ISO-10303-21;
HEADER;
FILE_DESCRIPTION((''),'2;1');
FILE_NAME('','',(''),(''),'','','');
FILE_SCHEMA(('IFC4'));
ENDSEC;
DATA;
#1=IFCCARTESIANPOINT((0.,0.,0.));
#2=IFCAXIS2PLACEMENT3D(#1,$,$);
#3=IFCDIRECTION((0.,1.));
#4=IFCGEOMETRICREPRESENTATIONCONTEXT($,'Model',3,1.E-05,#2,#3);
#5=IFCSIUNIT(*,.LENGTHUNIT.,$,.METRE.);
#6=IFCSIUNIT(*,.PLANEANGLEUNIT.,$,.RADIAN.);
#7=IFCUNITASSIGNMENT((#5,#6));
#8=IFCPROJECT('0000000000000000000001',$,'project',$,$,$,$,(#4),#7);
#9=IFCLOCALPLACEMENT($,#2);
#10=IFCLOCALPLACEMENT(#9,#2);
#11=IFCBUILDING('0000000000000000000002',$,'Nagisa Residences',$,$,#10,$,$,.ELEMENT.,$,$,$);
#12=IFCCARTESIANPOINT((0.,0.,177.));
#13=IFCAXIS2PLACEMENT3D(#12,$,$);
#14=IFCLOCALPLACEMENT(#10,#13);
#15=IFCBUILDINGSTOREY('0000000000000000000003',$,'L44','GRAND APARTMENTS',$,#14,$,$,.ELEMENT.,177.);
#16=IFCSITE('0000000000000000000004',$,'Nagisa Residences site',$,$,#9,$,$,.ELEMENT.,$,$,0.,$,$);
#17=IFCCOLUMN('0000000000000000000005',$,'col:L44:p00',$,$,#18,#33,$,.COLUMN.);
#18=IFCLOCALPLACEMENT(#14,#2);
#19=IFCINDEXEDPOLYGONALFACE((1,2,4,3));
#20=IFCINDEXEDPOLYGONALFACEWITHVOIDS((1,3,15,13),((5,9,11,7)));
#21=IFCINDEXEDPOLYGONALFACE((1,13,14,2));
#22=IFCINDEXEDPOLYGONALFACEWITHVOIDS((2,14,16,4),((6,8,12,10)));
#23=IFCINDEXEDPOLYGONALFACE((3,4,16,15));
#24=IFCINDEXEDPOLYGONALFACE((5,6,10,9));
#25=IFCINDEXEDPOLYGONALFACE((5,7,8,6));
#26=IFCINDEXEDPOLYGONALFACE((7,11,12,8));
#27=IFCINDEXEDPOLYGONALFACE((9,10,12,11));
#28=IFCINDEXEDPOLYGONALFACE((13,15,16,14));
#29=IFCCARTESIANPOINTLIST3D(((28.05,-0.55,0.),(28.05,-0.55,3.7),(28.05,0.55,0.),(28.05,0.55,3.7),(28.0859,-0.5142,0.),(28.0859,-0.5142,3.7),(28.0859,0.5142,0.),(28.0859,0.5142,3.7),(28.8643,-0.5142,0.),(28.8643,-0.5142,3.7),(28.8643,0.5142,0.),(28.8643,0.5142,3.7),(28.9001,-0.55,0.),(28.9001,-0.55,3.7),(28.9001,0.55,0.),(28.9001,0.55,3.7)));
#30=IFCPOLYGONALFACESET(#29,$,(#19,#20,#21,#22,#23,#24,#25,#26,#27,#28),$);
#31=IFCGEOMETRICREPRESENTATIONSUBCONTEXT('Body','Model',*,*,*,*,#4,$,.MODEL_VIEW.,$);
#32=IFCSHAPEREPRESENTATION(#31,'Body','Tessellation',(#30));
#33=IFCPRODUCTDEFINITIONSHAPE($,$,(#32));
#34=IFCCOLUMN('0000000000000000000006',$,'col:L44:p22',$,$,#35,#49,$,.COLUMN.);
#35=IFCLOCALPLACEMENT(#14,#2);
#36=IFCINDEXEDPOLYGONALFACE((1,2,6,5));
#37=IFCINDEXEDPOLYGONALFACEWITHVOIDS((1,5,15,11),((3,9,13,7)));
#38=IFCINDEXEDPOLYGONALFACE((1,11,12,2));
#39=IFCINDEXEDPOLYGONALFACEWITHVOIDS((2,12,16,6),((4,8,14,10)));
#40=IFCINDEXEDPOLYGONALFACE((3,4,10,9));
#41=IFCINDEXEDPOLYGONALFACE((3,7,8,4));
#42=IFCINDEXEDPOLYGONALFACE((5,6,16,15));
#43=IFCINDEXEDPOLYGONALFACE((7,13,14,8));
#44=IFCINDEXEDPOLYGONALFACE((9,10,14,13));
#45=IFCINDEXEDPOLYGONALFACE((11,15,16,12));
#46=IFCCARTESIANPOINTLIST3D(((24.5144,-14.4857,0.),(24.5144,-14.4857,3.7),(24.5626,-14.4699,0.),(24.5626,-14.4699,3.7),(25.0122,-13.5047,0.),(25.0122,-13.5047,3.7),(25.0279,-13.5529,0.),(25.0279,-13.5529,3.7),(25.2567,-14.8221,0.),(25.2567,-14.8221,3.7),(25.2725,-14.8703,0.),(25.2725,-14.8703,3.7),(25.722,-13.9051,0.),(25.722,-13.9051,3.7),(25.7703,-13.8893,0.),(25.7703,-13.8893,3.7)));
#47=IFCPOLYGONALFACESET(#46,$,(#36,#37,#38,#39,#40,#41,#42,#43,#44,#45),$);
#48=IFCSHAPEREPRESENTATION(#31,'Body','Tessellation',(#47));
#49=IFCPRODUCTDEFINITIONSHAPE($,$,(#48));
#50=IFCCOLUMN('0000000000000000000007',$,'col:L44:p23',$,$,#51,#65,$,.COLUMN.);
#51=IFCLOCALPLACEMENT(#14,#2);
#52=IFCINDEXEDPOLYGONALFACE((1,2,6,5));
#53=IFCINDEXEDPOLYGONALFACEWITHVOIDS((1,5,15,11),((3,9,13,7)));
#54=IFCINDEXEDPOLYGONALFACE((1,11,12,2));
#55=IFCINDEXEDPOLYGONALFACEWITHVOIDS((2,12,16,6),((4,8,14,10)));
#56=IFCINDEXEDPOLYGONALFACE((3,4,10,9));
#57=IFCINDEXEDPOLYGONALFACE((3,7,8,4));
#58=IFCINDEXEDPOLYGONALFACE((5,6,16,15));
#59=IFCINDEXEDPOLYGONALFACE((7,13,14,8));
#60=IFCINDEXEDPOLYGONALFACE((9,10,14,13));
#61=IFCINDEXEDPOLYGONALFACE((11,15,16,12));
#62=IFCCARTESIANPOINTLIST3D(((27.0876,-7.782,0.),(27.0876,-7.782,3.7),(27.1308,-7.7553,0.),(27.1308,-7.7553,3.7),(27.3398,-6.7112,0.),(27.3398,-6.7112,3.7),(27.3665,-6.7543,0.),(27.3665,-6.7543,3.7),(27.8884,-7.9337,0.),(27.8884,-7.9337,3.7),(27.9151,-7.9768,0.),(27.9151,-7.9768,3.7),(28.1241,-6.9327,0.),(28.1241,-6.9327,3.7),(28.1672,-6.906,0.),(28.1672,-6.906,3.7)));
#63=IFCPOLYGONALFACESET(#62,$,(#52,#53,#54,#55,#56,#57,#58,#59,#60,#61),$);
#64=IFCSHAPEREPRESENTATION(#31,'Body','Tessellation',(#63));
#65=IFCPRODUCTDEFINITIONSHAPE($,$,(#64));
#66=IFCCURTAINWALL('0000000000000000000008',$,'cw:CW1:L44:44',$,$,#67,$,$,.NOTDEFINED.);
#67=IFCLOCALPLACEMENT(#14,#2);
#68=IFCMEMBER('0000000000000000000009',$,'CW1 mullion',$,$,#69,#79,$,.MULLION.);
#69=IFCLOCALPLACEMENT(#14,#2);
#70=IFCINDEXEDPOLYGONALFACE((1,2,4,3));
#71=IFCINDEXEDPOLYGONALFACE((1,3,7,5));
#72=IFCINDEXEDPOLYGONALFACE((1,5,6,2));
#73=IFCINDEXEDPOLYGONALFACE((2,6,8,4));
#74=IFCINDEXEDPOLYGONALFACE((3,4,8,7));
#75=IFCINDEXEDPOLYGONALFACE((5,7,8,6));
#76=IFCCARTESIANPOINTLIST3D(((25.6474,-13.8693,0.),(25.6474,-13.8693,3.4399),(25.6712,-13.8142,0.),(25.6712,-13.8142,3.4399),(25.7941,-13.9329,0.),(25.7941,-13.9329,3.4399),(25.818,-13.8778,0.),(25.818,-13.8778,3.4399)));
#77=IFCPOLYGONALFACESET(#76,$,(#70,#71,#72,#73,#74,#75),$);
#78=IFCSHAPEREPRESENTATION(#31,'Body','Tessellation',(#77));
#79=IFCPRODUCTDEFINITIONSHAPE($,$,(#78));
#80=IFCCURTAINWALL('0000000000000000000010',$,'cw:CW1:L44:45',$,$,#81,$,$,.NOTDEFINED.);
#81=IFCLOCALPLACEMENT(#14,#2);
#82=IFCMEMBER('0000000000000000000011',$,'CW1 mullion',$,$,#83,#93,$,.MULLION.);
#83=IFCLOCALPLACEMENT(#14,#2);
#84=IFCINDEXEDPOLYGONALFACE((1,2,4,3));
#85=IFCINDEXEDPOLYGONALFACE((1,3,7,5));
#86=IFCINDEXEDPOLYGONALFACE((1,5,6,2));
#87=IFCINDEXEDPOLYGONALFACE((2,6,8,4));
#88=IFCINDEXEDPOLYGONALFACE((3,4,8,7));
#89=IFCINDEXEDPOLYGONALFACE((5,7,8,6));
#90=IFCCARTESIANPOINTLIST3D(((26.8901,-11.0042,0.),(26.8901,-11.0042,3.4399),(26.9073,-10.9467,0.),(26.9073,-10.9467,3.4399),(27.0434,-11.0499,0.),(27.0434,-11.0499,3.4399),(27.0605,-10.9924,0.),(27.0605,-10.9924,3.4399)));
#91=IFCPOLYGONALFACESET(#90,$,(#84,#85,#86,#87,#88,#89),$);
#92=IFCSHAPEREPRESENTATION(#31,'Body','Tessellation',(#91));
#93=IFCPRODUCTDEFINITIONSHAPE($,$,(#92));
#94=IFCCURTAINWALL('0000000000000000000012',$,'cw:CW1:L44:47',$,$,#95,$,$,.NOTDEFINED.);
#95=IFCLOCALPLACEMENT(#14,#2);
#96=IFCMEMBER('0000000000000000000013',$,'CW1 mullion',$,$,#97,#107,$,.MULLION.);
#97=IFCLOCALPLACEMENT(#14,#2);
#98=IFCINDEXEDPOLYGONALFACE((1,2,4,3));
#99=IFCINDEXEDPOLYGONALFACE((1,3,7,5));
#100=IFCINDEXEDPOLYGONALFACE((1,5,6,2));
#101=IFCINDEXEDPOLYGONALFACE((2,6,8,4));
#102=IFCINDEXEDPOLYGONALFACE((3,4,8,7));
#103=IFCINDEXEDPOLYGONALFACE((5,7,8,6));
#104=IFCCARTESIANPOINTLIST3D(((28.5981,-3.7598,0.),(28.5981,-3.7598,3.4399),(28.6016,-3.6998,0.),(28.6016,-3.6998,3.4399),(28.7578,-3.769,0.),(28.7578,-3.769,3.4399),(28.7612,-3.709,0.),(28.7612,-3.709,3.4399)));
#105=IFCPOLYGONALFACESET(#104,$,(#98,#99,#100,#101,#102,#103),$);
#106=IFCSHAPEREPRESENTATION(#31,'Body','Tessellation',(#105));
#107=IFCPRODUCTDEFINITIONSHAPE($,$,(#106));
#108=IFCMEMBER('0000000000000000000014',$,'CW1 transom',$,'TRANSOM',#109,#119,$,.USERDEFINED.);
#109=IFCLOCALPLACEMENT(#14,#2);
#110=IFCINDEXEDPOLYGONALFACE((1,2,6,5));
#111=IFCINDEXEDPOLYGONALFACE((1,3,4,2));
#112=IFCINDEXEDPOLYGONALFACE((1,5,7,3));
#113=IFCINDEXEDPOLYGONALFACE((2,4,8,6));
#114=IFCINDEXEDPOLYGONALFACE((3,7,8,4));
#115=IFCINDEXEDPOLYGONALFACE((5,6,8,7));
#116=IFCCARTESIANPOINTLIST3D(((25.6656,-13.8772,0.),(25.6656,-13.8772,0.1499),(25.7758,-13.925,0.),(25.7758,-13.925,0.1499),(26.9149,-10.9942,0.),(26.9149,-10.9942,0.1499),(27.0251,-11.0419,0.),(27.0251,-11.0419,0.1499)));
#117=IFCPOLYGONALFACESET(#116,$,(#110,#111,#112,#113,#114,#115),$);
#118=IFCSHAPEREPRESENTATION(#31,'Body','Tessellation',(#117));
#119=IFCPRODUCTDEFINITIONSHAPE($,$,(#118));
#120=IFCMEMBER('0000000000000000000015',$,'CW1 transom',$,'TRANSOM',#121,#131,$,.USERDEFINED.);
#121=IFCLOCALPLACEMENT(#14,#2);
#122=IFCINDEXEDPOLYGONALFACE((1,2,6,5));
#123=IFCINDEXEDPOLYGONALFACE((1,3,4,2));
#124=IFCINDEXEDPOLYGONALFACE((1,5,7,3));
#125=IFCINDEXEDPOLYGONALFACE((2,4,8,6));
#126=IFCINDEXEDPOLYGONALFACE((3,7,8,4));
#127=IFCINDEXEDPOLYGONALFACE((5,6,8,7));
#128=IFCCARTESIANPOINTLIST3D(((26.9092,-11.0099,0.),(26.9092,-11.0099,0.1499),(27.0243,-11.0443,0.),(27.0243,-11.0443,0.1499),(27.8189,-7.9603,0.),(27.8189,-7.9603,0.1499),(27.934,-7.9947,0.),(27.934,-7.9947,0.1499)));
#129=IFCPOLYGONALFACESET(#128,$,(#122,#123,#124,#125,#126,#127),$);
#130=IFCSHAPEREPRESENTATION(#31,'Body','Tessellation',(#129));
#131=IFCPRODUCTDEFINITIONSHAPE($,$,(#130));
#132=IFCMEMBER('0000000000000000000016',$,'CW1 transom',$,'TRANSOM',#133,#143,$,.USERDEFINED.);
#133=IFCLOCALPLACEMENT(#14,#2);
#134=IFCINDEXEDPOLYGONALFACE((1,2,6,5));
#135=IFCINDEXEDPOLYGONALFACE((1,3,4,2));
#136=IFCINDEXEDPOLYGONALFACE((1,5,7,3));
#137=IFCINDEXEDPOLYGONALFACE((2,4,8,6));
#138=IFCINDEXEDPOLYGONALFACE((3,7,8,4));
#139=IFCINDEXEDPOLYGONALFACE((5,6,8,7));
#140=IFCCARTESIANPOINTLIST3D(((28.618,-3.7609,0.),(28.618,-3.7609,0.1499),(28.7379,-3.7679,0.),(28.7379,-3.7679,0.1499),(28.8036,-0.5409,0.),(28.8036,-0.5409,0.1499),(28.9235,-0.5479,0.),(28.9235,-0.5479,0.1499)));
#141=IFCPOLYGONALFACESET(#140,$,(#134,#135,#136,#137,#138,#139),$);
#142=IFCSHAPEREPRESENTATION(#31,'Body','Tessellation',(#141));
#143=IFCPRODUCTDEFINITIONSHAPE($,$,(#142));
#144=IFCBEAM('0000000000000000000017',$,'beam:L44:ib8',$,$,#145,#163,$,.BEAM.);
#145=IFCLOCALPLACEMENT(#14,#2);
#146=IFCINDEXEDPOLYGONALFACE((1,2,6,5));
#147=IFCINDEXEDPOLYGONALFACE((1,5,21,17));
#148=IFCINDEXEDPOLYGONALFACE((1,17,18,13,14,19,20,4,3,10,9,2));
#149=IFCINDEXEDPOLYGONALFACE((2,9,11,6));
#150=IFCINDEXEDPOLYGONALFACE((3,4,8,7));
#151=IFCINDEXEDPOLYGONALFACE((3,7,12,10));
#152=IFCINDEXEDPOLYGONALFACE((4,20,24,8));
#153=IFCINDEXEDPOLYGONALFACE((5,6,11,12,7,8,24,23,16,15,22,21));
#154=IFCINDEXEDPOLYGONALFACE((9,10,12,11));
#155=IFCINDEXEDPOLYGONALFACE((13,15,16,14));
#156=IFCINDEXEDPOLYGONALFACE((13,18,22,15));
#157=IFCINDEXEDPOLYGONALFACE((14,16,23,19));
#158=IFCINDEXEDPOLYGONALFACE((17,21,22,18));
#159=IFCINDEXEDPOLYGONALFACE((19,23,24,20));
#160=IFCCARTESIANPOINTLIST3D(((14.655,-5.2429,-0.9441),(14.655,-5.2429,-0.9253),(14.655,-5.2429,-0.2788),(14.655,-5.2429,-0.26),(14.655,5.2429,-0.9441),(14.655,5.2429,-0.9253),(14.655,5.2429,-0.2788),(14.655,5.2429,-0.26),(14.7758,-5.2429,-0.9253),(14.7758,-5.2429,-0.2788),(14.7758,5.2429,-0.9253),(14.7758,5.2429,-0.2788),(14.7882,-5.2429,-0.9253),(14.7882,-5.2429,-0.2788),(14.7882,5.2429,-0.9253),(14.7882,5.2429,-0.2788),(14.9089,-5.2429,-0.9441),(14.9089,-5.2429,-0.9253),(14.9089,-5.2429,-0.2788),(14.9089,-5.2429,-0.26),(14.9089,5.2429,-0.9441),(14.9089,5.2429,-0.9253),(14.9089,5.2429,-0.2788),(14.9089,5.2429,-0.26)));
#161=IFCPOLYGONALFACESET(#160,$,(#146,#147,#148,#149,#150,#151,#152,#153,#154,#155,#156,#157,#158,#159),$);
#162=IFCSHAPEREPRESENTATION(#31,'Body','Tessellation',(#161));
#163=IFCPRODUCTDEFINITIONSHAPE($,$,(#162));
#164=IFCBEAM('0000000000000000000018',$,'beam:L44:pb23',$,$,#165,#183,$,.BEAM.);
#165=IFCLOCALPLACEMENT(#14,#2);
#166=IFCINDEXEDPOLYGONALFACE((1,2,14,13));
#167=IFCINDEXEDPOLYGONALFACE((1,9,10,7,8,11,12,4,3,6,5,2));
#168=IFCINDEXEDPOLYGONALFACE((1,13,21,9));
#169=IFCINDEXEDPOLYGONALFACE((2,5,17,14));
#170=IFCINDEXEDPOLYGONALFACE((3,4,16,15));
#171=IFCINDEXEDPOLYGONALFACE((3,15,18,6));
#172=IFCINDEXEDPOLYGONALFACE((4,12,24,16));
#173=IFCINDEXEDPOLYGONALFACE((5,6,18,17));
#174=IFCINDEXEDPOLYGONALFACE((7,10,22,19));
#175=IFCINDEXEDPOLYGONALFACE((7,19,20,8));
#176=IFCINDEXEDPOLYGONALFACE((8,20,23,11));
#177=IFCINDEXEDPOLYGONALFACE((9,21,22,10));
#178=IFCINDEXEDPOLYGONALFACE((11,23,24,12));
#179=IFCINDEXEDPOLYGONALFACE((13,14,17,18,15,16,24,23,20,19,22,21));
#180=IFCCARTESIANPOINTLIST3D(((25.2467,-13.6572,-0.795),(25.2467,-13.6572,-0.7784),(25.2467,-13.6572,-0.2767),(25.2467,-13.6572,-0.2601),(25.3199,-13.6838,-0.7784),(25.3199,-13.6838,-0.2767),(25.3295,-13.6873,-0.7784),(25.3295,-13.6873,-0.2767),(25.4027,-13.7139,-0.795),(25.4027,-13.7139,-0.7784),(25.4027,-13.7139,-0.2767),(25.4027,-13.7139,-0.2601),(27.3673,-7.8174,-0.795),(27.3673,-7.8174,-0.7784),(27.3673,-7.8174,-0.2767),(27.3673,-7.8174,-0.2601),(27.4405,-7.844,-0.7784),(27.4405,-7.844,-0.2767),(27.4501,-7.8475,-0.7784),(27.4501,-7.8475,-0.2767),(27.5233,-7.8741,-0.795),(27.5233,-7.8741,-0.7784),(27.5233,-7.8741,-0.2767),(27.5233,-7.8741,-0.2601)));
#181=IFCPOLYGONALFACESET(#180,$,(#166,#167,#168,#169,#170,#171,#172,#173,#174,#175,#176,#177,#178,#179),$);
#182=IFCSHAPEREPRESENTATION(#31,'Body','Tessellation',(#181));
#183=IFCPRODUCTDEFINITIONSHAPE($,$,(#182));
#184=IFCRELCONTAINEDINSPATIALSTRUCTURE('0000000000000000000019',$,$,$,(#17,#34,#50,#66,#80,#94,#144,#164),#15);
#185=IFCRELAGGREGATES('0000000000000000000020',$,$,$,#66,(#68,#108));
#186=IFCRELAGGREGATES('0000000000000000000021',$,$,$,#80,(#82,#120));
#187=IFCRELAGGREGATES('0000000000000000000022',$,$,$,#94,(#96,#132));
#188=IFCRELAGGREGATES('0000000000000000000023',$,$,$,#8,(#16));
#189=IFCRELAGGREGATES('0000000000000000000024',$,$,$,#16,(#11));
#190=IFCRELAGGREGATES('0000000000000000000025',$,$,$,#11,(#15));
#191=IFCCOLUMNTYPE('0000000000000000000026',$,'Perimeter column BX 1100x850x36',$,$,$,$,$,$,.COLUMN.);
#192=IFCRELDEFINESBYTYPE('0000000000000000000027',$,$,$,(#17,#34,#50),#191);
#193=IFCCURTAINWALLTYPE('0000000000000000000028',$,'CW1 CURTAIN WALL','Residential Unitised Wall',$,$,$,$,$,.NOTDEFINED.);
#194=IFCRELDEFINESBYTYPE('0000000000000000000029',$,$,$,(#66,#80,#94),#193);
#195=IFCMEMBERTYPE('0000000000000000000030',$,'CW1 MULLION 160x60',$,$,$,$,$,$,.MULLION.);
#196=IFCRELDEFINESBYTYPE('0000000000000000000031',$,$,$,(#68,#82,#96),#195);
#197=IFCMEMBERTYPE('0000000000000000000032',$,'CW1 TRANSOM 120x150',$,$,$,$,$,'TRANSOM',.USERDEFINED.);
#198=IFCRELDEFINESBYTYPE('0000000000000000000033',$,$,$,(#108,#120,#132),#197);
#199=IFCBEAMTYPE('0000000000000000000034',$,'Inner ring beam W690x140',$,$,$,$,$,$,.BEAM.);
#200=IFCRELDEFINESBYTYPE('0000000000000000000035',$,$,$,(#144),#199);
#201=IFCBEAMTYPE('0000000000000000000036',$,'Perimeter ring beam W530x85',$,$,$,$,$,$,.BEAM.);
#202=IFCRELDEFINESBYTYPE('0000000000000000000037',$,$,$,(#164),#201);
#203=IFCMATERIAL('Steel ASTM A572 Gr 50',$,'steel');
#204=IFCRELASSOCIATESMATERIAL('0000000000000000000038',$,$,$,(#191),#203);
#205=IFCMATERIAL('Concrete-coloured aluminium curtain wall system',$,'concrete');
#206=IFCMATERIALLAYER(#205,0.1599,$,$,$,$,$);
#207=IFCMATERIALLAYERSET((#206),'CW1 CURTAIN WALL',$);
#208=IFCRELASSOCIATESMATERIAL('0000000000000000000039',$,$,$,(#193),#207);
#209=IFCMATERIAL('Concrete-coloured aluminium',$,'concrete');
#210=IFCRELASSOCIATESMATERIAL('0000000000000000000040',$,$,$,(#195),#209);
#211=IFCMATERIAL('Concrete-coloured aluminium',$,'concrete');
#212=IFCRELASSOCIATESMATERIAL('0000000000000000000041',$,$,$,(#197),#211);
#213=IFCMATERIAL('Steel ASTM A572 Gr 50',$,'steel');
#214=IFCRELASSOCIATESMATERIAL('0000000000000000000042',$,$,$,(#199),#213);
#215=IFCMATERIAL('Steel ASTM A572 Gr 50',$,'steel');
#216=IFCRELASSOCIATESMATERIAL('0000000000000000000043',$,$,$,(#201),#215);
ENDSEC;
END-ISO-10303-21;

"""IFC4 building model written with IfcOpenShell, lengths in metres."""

from ifc_helpers import new_model, si_unit, direction, frame, origin, origin_2d, place, context, subcontext, project, spatial, rectangle, hollow_rectangle, i_section, extrude, material, layer, layer_set, material_profile, profile_set, type_object, element, aggregate, save


model = new_model("IFC4")

# Units and contexts
model_context = context("Model", 3, precision=1e-05, world=origin(), true_north=direction((0.0, 1.0)))
body_context = subcontext(model_context, "Body", "Model", "MODEL_VIEW")
ifc_project = project(units=[si_unit("LENGTHUNIT", "METRE"), si_unit("PLANEANGLEUNIT", "RADIAN")], contexts=[model_context])

# Site, building, storey
site_placement = place(None, origin())
site = spatial("IfcSite", under=ifc_project, at=site_placement, Name="Nagisa Residences site", CompositionType="ELEMENT", RefElevation=0.0)
building_placement = place(site_placement, origin())
building = spatial("IfcBuilding", under=site, at=building_placement, Name="Nagisa Residences", CompositionType="ELEMENT")
storey_placement = place(building_placement, frame((0.0, 0.0, 177.0)))
storey = spatial("IfcBuildingStorey", under=building, at=storey_placement, Name="L44", Description="GRAND APARTMENTS", CompositionType="ELEMENT", Elevation=177.0)

# Columns
ifc_material_1 = material(Name="Steel ASTM A572 Gr 50", Category="steel")
ifc_material_profile_1 = material_profile(ifc_material_1, hollow_rectangle(XDim=1.1001, YDim=0.8501, WallThickness=0.0359, at=origin_2d()), Name="BX 1100x850x36")
ifc_profile_set_1 = profile_set([ifc_material_profile_1], Name="Steel ASTM A572 Gr 50")
column_type = type_object("IfcColumnType", Name="Perimeter column BX 1100x850x36", PredefinedType="COLUMN", material=ifc_profile_set_1)
for number, where, z_axis, x_axis, name in (
    (1, (28.4751, 0.0, 0.0), (0.0, 0.0, 1.0), (0.0, 1.0, 0.0), "col:L44:p00"),
    (2, (25.1423, -14.1875, 0.0), (0.0, 0.0, 1.0), (0.452463, 0.891783, 0.0), "col:L44:p22"),
    (3, (27.6274, -7.344, 0.0), (0.0, 0.0, 1.0), (0.229202, 0.973379, 0.0), "col:L44:p23"),
):
    element("IfcColumn", number, at=place(storey_placement, frame(where, z_axis=z_axis, x_axis=x_axis)), inside=storey, type_object=column_type, Name=name, PredefinedType="COLUMN", context=body_context, shape_type="SweptSolid", body=[
        extrude(hollow_rectangle(XDim=1.1001, YDim=0.8501, WallThickness=0.0359, at=origin_2d()), origin(), (0.0, 0.0, 1.0), 3.7),
    ])

# Curtain walls, members
ifc_material_2 = material(Name="Concrete-coloured aluminium curtain wall system", Category="concrete")
ifc_layer_1 = layer(ifc_material_2, 0.1599)
ifc_layer_set_1 = layer_set([ifc_layer_1], Name="CW1 CURTAIN WALL")
curtain_wall_type = type_object("IfcCurtainWallType", Name="CW1 CURTAIN WALL", Description="Residential Unitised Wall", PredefinedType="NOTDEFINED", material=ifc_layer_set_1)
curtain_wall_1_placement = place(storey_placement, origin())
curtain_wall_1 = element("IfcCurtainWall", 4, at=curtain_wall_1_placement, inside=storey, type_object=curtain_wall_type, Name="cw:CW1:L44:44", PredefinedType="NOTDEFINED")
ifc_material_3 = material(Name="Concrete-coloured aluminium", Category="concrete")
ifc_material_profile_2 = material_profile(ifc_material_3, rectangle(XDim=0.1599, YDim=0.0601, at=origin_2d()), Name="CW1 MULLION 160x60")
ifc_profile_set_2 = profile_set([ifc_material_profile_2], Name="Concrete-coloured aluminium")
member_type_1 = type_object("IfcMemberType", Name="CW1 MULLION 160x60", PredefinedType="MULLION", material=ifc_profile_set_2)
member_1_placement = place(storey_placement, frame((25.7327, -13.8735, 0.0), z_axis=(0.0, 0.0, 1.0), x_axis=(-0.917543, 0.397636, 0.0)))
member_1 = element("IfcMember", 5, at=member_1_placement, type_object=member_type_1, Name="CW1 mullion", PredefinedType="MULLION", context=body_context, shape_type="SweptSolid", body=[
    extrude(rectangle(XDim=0.1599, YDim=0.0601, at=origin_2d()), origin(), (0.0, 0.0, 1.0), 3.4399),
])
curtain_wall_2_placement = place(storey_placement, origin())
curtain_wall_2 = element("IfcCurtainWall", 6, at=curtain_wall_2_placement, inside=storey, type_object=curtain_wall_type, Name="cw:CW1:L44:45", PredefinedType="NOTDEFINED")
member_2_placement = place(storey_placement, frame((26.9753, -10.9983, 0.0), z_axis=(0.0, 0.0, 1.0), x_axis=(-0.958271, 0.28586, 0.0)))
member_2 = element("IfcMember", 7, at=member_2_placement, type_object=member_type_1, Name="CW1 mullion", PredefinedType="MULLION", context=body_context, shape_type="SweptSolid", body=[
    extrude(rectangle(XDim=0.1599, YDim=0.0601, at=origin_2d()), origin(), (0.0, 0.0, 1.0), 3.4399),
])
curtain_wall_3_placement = place(storey_placement, origin())
curtain_wall_3 = element("IfcCurtainWall", 8, at=curtain_wall_3_placement, inside=storey, type_object=curtain_wall_type, Name="cw:CW1:L44:47", PredefinedType="NOTDEFINED")
member_3_placement = place(storey_placement, frame((28.6797, -3.7344, 0.0), z_axis=(0.0, 0.0, 1.0), x_axis=(-0.998345, 0.057503, 0.0)))
member_3 = element("IfcMember", 9, at=member_3_placement, type_object=member_type_1, Name="CW1 mullion", PredefinedType="MULLION", context=body_context, shape_type="SweptSolid", body=[
    extrude(rectangle(XDim=0.1599, YDim=0.0601, at=origin_2d()), origin(), (0.0, 0.0, 1.0), 3.4399),
])

# Members
ifc_material_4 = material(Name="Concrete-coloured aluminium", Category="concrete")
ifc_material_profile_3 = material_profile(ifc_material_4, rectangle(XDim=0.1201, YDim=0.1499, at=origin_2d()), Name="CW1 TRANSOM 120x150")
ifc_profile_set_3 = profile_set([ifc_material_profile_3], Name="Concrete-coloured aluminium")
member_type_2 = type_object("IfcMemberType", Name="CW1 TRANSOM 120x150", ElementType="TRANSOM", PredefinedType="USERDEFINED", material=ifc_profile_set_3)
member_4_placement = place(storey_placement, frame((25.7207, -13.9011, 0.075), z_axis=(0.397592, 0.917562, 0.0), x_axis=(-0.917562, 0.397592, 0.0)))
member_4 = element("IfcMember", 10, at=member_4_placement, type_object=member_type_2, Name="CW1 transom", ObjectType="TRANSOM", PredefinedType="USERDEFINED", context=body_context, shape_type="SweptSolid", body=[
    extrude(rectangle(XDim=0.1201, YDim=0.1499, at=origin_2d()), origin(), (0.0, 0.0, 1.0), 3.1421),
])
member_5_placement = place(storey_placement, frame((26.9668, -11.0271, 0.075), z_axis=(0.285848, 0.958275, 0.0), x_axis=(-0.958275, 0.285848, 0.0)))
member_5 = element("IfcMember", 11, at=member_5_placement, type_object=member_type_2, Name="CW1 transom", ObjectType="TRANSOM", PredefinedType="USERDEFINED", context=body_context, shape_type="SweptSolid", body=[
    extrude(rectangle(XDim=0.1201, YDim=0.1499, at=origin_2d()), origin(), (0.0, 0.0, 1.0), 3.1824),
])
member_6_placement = place(storey_placement, frame((28.678, -3.7644, 0.075), z_axis=(0.057528, 0.998344, 0.0), x_axis=(-0.998344, 0.057528, 0.0)))
member_6 = element("IfcMember", 12, at=member_6_placement, type_object=member_type_2, Name="CW1 transom", ObjectType="TRANSOM", PredefinedType="USERDEFINED", context=body_context, shape_type="SweptSolid", body=[
    extrude(rectangle(XDim=0.1201, YDim=0.1499, at=origin_2d()), origin(), (0.0, 0.0, 1.0), 3.2253),
])

# Beams
ifc_material_5 = material(Name="Steel ASTM A572 Gr 50", Category="steel")
ifc_material_profile_4 = material_profile(ifc_material_5, i_section(OverallWidth=0.2539, OverallDepth=0.6841, WebThickness=0.0125, FlangeThickness=0.0188, at=origin_2d()), Name="W690x140")
ifc_profile_set_4 = profile_set([ifc_material_profile_4], Name="Steel ASTM A572 Gr 50")
beam_type_1 = type_object("IfcBeamType", Name="Inner ring beam W690x140", PredefinedType="BEAM", material=ifc_profile_set_4)
beam_1_placement = place(storey_placement, frame((14.782, -5.2429, -0.6021), z_axis=(0.0, 1.0, 0.0), x_axis=(-1.0, 0.0, 0.0)))
element("IfcBeam", 13, at=beam_1_placement, inside=storey, type_object=beam_type_1, Name="beam:L44:ib8", PredefinedType="BEAM", context=body_context, shape_type="SweptSolid", body=[
    extrude(i_section(OverallWidth=0.2539, OverallDepth=0.6841, WebThickness=0.0125, FlangeThickness=0.0188, at=origin_2d()), origin(), (0.0, 0.0, 1.0), 10.4858),
])
ifc_material_6 = material(Name="Steel ASTM A572 Gr 50", Category="steel")
ifc_material_profile_5 = material_profile(ifc_material_6, i_section(OverallWidth=0.166, OverallDepth=0.5349, WebThickness=0.0103, FlangeThickness=0.0166, at=origin_2d()), Name="W530x85")
ifc_profile_set_5 = profile_set([ifc_material_profile_5], Name="Steel ASTM A572 Gr 50")
beam_type_2 = type_object("IfcBeamType", Name="Perimeter ring beam W530x85", PredefinedType="BEAM", material=ifc_profile_set_5)
beam_2_placement = place(storey_placement, frame((25.3247, -13.6855, -0.5276), z_axis=(0.34132, 0.939947, 0.0), x_axis=(-0.939947, 0.34132, 0.0)))
element("IfcBeam", 14, at=beam_2_placement, inside=storey, type_object=beam_type_2, Name="beam:L44:pb23", PredefinedType="BEAM", context=body_context, shape_type="SweptSolid", body=[
    extrude(i_section(OverallWidth=0.166, OverallDepth=0.5349, WebThickness=0.0103, FlangeThickness=0.0166, at=origin_2d()), origin(), (0.0, 0.0, 1.0), 6.2129),
])

aggregate(curtain_wall_1, [member_1, member_4])
aggregate(curtain_wall_2, [member_2, member_5])
aggregate(curtain_wall_3, [member_3, member_6])

save(model, "model.ifc")
